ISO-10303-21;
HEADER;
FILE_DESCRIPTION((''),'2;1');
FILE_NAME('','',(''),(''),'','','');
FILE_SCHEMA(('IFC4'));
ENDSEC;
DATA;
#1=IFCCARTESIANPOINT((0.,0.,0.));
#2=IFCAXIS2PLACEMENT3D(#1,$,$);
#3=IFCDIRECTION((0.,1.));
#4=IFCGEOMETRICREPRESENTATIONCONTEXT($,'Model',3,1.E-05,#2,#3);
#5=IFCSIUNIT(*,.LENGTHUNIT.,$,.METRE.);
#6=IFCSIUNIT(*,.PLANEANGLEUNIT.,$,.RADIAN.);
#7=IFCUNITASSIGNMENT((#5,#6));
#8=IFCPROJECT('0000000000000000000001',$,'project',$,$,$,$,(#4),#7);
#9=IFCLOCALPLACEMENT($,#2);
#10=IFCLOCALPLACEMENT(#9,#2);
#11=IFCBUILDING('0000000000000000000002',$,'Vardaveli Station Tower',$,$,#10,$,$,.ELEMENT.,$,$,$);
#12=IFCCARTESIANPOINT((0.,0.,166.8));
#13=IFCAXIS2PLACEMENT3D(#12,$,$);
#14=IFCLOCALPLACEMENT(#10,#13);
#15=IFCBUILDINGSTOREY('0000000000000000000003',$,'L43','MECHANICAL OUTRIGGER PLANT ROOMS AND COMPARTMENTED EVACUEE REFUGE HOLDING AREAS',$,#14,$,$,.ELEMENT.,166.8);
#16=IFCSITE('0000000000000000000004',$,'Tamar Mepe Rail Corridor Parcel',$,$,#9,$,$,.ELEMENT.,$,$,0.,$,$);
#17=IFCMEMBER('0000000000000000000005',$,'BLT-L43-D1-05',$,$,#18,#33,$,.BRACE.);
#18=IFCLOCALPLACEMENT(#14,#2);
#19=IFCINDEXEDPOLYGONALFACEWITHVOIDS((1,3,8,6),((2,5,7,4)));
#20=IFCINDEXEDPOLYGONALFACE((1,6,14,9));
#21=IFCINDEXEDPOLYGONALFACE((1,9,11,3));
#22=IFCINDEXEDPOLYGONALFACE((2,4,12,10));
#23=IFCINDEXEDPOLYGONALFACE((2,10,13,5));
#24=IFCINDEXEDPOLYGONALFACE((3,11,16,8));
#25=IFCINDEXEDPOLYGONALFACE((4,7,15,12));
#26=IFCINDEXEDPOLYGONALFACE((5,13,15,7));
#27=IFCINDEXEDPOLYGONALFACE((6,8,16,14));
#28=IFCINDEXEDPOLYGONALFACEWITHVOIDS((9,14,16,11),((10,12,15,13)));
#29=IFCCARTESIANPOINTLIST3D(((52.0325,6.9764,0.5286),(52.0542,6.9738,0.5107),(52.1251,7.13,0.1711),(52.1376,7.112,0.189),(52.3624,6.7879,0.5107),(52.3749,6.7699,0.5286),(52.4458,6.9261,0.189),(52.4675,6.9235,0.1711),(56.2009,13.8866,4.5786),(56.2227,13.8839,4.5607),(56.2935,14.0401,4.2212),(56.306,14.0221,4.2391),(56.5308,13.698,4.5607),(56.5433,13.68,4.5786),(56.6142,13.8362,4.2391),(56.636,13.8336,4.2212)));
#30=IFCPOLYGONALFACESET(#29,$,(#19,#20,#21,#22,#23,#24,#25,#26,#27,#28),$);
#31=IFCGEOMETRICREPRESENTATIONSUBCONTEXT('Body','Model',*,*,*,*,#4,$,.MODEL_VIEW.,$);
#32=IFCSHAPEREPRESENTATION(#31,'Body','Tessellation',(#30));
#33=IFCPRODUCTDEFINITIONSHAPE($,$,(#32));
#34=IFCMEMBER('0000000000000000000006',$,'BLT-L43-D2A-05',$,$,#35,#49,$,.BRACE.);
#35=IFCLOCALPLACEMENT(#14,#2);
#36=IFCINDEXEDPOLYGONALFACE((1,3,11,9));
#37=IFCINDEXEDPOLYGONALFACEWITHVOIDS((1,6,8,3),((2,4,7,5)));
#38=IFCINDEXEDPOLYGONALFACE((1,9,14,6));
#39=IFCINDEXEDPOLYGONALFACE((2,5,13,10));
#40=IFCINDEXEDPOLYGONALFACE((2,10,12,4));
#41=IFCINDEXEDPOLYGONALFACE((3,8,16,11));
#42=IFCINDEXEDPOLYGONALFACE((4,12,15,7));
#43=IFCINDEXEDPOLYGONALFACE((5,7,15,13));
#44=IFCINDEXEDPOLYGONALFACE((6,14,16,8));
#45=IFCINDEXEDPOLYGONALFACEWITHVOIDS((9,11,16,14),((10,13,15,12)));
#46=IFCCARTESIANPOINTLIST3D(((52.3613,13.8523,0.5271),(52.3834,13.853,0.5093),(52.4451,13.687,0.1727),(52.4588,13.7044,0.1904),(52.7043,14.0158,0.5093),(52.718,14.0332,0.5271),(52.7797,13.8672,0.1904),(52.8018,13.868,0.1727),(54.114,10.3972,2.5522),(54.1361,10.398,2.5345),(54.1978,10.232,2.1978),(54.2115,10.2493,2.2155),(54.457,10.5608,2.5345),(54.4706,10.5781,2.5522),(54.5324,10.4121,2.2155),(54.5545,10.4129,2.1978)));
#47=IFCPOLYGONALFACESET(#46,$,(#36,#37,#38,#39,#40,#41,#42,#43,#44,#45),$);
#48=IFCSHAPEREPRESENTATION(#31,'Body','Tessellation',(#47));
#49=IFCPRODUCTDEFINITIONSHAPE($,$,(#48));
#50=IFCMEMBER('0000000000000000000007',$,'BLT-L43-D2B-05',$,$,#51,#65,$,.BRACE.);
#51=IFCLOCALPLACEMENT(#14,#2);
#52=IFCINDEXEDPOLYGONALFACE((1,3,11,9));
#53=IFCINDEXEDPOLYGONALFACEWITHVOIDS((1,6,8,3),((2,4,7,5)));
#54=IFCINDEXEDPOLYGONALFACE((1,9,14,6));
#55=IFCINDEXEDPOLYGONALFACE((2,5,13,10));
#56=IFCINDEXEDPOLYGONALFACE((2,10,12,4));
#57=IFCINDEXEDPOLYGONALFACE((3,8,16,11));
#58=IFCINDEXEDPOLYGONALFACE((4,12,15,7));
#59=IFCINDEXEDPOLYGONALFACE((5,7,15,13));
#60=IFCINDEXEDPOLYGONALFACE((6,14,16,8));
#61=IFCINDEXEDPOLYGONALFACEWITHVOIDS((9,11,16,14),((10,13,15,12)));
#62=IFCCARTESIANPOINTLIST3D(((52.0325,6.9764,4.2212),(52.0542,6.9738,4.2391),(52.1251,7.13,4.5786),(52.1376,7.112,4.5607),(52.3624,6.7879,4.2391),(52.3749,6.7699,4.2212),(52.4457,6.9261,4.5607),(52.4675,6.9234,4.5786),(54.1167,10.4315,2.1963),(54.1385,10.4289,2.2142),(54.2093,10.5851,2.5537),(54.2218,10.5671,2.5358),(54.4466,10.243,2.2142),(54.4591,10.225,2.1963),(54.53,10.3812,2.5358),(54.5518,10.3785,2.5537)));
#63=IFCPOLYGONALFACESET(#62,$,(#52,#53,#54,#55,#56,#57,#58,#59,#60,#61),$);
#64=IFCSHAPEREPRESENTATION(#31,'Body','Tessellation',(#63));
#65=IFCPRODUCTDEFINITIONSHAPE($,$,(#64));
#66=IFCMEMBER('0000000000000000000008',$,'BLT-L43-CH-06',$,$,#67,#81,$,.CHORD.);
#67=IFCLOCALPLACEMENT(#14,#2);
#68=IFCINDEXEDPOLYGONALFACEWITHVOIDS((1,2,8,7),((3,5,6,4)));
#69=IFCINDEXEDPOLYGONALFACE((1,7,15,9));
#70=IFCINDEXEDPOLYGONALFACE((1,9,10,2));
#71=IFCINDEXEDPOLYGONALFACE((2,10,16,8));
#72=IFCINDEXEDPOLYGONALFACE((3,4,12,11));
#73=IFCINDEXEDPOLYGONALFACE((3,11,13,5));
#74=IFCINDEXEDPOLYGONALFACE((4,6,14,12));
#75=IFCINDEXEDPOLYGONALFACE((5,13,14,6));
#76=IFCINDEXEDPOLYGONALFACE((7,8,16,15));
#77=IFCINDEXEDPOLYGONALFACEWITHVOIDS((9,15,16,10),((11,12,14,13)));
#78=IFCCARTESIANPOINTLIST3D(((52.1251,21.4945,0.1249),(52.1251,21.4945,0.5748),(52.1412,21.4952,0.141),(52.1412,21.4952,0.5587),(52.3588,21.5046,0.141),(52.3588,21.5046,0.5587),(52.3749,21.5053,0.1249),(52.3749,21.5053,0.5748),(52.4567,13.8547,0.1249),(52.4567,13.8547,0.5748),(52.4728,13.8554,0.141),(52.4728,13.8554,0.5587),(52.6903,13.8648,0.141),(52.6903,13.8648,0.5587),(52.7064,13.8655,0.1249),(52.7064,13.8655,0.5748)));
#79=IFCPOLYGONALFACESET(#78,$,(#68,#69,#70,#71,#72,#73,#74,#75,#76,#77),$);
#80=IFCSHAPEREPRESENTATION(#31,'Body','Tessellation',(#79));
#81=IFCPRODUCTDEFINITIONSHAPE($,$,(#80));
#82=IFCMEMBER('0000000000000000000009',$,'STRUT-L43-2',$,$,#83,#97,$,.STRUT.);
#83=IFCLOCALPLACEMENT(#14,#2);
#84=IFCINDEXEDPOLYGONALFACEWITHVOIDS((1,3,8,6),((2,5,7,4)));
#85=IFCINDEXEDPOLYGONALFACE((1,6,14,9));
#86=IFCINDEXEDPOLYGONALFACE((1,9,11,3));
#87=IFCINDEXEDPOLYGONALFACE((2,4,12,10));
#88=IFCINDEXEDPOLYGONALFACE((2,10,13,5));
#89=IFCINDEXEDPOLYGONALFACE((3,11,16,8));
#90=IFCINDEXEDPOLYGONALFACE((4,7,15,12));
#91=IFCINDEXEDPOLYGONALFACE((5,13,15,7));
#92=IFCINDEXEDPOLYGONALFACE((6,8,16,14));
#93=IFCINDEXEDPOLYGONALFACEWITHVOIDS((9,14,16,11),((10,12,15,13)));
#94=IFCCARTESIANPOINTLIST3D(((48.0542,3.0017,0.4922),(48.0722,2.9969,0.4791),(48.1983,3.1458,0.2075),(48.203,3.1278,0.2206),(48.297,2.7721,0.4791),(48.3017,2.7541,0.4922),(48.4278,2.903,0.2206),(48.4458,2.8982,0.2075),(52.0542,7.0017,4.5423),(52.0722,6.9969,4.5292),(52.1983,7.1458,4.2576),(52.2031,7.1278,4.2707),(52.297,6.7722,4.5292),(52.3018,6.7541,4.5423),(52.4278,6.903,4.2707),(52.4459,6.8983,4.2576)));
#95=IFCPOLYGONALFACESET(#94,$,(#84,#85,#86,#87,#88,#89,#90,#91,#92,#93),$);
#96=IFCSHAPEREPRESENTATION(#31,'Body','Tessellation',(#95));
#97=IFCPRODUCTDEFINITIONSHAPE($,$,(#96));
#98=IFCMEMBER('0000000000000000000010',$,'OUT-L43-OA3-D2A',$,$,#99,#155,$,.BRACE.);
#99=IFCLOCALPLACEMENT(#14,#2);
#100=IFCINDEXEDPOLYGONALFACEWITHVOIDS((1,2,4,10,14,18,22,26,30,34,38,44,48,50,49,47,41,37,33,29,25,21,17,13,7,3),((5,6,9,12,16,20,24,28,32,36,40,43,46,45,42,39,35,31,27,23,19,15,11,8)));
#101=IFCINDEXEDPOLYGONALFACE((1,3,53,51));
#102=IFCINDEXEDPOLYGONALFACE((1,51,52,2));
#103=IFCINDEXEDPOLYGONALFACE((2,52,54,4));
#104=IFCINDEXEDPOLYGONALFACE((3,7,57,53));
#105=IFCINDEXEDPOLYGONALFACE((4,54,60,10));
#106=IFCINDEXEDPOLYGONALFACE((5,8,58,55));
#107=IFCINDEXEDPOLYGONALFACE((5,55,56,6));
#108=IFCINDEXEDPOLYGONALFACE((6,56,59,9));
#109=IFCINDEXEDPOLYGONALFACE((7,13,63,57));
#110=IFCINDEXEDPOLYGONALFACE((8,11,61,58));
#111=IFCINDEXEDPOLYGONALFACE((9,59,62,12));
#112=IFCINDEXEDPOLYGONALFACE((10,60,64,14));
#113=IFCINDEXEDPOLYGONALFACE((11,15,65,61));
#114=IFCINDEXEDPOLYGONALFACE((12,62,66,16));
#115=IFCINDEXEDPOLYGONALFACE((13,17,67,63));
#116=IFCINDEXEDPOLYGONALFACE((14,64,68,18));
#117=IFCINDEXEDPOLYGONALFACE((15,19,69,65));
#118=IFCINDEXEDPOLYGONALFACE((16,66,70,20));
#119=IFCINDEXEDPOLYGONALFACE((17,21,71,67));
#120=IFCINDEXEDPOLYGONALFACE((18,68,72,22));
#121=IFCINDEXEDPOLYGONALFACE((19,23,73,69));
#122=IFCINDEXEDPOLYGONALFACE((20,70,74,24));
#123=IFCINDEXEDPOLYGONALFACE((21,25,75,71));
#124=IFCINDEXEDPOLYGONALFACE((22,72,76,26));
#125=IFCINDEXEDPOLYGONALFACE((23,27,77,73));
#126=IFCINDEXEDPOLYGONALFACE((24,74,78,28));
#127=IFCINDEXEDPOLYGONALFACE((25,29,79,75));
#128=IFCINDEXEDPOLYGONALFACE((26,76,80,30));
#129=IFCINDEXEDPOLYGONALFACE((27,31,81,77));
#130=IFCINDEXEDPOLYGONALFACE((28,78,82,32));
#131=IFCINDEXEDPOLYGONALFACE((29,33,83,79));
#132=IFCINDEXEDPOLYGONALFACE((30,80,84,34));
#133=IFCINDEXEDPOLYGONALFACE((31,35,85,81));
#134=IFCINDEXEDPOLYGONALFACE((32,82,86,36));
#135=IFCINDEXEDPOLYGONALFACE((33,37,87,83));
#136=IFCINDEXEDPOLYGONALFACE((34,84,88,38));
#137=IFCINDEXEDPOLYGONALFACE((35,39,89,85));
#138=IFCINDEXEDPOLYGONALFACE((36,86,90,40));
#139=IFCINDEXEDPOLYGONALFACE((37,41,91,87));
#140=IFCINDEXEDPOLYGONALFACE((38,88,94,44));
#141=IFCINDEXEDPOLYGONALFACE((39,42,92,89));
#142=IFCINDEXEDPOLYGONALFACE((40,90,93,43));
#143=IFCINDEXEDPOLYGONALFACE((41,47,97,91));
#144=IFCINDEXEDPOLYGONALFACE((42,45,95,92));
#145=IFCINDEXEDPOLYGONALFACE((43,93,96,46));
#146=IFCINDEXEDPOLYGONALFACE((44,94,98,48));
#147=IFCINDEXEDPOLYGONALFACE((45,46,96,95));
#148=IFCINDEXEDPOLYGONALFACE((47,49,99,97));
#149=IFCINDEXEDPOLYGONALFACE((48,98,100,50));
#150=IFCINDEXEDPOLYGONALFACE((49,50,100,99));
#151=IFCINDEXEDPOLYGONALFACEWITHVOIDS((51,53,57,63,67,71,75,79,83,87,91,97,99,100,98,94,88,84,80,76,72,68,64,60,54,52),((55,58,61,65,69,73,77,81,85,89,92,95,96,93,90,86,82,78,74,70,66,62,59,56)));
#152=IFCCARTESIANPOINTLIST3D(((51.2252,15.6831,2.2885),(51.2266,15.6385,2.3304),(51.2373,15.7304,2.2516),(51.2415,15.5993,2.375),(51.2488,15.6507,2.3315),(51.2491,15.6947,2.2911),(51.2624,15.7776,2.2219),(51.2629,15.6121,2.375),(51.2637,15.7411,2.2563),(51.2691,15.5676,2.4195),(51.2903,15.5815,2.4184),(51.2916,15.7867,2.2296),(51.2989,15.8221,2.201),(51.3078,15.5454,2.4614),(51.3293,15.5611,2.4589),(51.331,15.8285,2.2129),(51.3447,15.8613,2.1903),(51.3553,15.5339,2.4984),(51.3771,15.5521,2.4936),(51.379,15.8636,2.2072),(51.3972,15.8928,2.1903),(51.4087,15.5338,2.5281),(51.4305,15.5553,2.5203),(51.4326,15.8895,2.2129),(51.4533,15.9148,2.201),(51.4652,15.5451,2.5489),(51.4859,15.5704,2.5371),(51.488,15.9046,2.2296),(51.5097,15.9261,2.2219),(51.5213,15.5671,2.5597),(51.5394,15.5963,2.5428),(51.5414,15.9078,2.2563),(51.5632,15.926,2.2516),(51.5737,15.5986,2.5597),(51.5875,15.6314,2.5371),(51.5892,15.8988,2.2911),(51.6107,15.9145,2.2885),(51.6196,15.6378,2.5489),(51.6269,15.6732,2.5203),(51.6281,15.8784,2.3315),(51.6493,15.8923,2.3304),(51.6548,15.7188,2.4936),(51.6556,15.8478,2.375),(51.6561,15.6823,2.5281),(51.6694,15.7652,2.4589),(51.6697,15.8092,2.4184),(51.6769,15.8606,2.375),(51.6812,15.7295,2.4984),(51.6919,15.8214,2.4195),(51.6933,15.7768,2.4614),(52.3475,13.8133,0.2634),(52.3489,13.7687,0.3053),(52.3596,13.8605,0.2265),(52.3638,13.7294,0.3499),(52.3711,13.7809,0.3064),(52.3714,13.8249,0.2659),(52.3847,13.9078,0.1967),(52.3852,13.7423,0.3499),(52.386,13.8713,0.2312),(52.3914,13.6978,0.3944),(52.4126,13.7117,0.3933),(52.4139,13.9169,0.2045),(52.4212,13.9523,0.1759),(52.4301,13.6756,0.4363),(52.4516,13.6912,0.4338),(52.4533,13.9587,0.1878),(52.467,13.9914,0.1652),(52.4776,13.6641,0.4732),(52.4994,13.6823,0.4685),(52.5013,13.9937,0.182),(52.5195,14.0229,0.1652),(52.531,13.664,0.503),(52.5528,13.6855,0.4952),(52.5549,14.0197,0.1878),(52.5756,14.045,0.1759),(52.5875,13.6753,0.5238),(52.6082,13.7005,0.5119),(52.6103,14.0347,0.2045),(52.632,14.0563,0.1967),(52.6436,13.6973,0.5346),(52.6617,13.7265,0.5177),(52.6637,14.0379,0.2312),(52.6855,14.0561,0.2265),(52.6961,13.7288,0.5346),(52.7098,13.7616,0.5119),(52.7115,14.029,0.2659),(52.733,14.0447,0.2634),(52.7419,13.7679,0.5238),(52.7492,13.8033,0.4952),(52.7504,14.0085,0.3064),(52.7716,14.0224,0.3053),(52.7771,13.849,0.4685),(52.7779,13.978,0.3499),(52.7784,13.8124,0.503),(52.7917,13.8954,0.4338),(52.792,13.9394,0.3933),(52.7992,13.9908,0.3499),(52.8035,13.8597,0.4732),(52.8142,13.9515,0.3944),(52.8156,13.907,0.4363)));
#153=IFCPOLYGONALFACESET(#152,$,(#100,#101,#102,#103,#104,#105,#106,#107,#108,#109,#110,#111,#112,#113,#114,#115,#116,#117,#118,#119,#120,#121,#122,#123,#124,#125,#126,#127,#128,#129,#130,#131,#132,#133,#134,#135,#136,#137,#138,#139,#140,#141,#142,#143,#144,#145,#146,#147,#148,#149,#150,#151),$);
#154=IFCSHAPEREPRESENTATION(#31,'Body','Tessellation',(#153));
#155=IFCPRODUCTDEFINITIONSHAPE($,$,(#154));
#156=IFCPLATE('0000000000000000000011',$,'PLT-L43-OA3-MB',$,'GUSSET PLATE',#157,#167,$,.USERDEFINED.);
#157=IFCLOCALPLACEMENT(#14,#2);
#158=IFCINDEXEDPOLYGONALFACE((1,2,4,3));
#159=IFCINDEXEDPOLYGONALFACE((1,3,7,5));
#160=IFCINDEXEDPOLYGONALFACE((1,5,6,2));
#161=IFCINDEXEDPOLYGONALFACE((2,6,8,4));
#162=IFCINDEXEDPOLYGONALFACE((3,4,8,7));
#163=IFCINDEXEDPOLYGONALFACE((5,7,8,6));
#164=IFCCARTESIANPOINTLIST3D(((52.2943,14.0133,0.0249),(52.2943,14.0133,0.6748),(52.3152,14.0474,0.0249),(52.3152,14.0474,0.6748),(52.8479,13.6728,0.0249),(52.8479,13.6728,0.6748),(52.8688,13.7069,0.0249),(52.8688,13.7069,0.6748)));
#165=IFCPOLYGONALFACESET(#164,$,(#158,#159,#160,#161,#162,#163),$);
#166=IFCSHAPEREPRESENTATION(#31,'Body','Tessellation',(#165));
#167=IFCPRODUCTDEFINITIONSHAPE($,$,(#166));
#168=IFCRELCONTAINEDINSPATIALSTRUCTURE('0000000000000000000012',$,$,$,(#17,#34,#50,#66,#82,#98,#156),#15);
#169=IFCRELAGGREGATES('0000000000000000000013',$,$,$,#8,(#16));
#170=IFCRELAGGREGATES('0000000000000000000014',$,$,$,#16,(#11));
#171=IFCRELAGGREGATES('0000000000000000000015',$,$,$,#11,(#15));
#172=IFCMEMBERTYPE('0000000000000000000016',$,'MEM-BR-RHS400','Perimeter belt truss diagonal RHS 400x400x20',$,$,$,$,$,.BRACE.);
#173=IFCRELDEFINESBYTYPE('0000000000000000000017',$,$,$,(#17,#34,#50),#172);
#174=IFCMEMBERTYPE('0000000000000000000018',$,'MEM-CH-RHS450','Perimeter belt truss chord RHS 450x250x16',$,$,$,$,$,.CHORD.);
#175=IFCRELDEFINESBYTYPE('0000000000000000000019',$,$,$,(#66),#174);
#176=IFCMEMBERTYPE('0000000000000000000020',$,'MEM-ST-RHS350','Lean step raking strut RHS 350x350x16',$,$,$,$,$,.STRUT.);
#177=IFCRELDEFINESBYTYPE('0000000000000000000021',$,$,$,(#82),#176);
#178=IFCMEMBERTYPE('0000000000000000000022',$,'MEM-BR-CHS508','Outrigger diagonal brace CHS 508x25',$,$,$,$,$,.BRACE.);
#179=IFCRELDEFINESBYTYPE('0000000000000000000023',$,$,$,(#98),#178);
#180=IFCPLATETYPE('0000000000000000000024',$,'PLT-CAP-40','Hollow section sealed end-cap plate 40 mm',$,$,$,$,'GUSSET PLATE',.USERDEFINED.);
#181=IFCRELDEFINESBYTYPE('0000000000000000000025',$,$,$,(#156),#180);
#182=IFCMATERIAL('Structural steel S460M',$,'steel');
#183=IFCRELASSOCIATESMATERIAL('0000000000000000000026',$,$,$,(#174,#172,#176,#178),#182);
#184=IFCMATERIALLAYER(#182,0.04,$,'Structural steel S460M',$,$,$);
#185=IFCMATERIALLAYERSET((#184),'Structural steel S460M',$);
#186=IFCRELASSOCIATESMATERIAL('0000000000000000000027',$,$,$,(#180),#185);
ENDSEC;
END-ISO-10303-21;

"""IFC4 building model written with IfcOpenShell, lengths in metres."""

from ifc_helpers import new_model, si_unit, direction, frame, origin, origin_2d, place, context, subcontext, project, spatial, rectangle, hollow_rectangle, hollow_circle, extrude, source, transform, mapped, material, layer, layer_set, material_profile, profile_set, type_object, element, save


model = new_model("IFC4")

# Units and contexts
model_context = context("Model", 3, precision=1e-05, world=origin(), true_north=direction((0.0, 1.0)))
body_context = subcontext(model_context, "Body", "Model", "MODEL_VIEW")
ifc_project = project(units=[si_unit("LENGTHUNIT", "METRE"), si_unit("PLANEANGLEUNIT", "RADIAN")], contexts=[model_context])

# Site, building, storey
site_placement = place(None, origin())
site = spatial("IfcSite", under=ifc_project, at=site_placement, Name="Tamar Mepe Rail Corridor Parcel", CompositionType="ELEMENT", RefElevation=0.0)
building_placement = place(site_placement, origin())
building = spatial("IfcBuilding", under=site, at=building_placement, Name="Vardaveli Station Tower", CompositionType="ELEMENT")
storey_placement = place(building_placement, frame((0.0, 0.0, 166.8)))
storey = spatial("IfcBuildingStorey", under=building, at=storey_placement, Name="L43", Description="MECHANICAL OUTRIGGER PLANT ROOMS AND COMPARTMENTED EVACUEE REFUGE HOLDING AREAS", CompositionType="ELEMENT", Elevation=166.8)

# Shared definitions
ifc_material_1 = material(Name="Structural steel S460M", Category="steel")

# Members
ifc_material_profile_1 = material_profile(ifc_material_1, hollow_rectangle(XDim=0.25, YDim=0.45, WallThickness=0.0161, at=origin_2d()), Name="RHS 450x250x16")
ifc_profile_set_1 = profile_set([ifc_material_profile_1], Name="Structural steel S460M")
member_type_1 = type_object("IfcMemberType", Name="MEM-CH-RHS450", Description="Perimeter belt truss chord RHS 450x250x16", PredefinedType="CHORD", material=ifc_profile_set_1)
ifc_material_profile_2 = material_profile(ifc_material_1, hollow_rectangle(XDim=0.3999, YDim=0.3999, WallThickness=0.02, at=origin_2d()), Name="RHS 400x400x20")
ifc_profile_set_2 = profile_set([ifc_material_profile_2], Name="Structural steel S460M")
member_type_2 = type_object("IfcMemberType", Name="MEM-BR-RHS400", Description="Perimeter belt truss diagonal RHS 400x400x20", PredefinedType="BRACE", material=ifc_profile_set_2)
shared_shape_1 = source(origin(), body_context, "Body", "SweptSolid", [
    extrude(hollow_rectangle(XDim=0.3999, YDim=0.3999, WallThickness=0.02, at=origin_2d()), origin(), (0.0, 0.0, 1.0), 9.0293),
])
member_1_placement = place(storey_placement, frame((52.25, 6.95, 0.3499), z_axis=(0.461656, 0.765299, 0.448543), x_axis=(-0.856268, 0.516532, 0.0)))
element("IfcMember", 1, at=member_1_placement, inside=storey, type_object=member_type_2, Name="BLT-L43-D1-05", PredefinedType="BRACE", context=body_context, shape_type="MappedRepresentation", body=[
    mapped(shared_shape_1, transform((0.0, 0.0, 0.0), scale=1.0)),
])
shared_shape_2 = source(origin(), body_context, "Body", "SweptSolid", [
    extrude(hollow_rectangle(XDim=0.3999, YDim=0.3999, WallThickness=0.02, at=origin_2d()), origin(), (0.0, 0.0, 1.0), 4.3716),
])
member_2_placement = place(storey_placement, frame((52.5815, 13.8601, 0.3499), z_axis=(0.400927, -0.79035, 0.463253), x_axis=(0.891816, 0.452399, 0.0)))
element("IfcMember", 2, at=member_2_placement, inside=storey, type_object=member_type_2, Name="BLT-L43-D2A-05", PredefinedType="BRACE", context=body_context, shape_type="MappedRepresentation", body=[
    mapped(shared_shape_2, transform((0.0, 0.0, 0.0), scale=1.0)),
])
shared_shape_3 = source(origin(), body_context, "Body", "SweptSolid", [
    extrude(hollow_rectangle(XDim=0.3999, YDim=0.3999, WallThickness=0.02, at=origin_2d()), origin(), (0.0, 0.0, 1.0), 4.5146),
])
member_3_placement = place(storey_placement, frame((54.3342, 10.405, 2.375), z_axis=(-0.461662, -0.765309, 0.448521), x_axis=(0.856268, -0.516532, 0.0)))
element("IfcMember", 3, at=member_3_placement, inside=storey, type_object=member_type_2, Name="BLT-L43-D2B-05", PredefinedType="BRACE", context=body_context, shape_type="MappedRepresentation", body=[
    mapped(shared_shape_3, transform((0.0, 0.0, 0.0), scale=1.0)),
])
shared_shape_4 = source(origin(), body_context, "Body", "SweptSolid", [
    extrude(hollow_rectangle(XDim=0.25, YDim=0.45, WallThickness=0.0161, at=origin_2d()), origin(), (0.0, 0.0, 1.0), 7.647),
])
member_4_placement = place(storey_placement, frame((52.5815, 13.8601, 0.3499), z_axis=(-0.043355, 0.99906, 0.0), x_axis=(-0.99906, -0.043355, 0.0)))
element("IfcMember", 4, at=member_4_placement, inside=storey, type_object=member_type_1, Name="BLT-L43-CH-06", PredefinedType="CHORD", context=body_context, shape_type="MappedRepresentation", body=[
    mapped(shared_shape_4, transform((0.0, 0.0, 0.0), scale=1.0)),
])
ifc_material_profile_3 = material_profile(ifc_material_1, hollow_rectangle(XDim=0.3501, YDim=0.3501, WallThickness=0.0161, at=origin_2d()), Name="RHS 350x350x16")
ifc_profile_set_3 = profile_set([ifc_material_profile_3], Name="Structural steel S460M")
member_type_3 = type_object("IfcMemberType", Name="MEM-ST-RHS350", Description="Lean step raking strut RHS 350x350x16", PredefinedType="STRUT", material=ifc_profile_set_3)
shared_shape_5 = source(origin(), body_context, "Body", "SweptSolid", [
    extrude(hollow_rectangle(XDim=0.3501, YDim=0.3501, WallThickness=0.0161, at=origin_2d()), origin(), (0.0, 0.0, 1.0), 6.9573),
])
member_5_placement = place(storey_placement, frame((48.25, 2.95, 0.3499), z_axis=(0.574942, 0.574942, 0.582136), x_axis=(-0.707107, 0.707107, 0.0)))
element("IfcMember", 5, at=member_5_placement, inside=storey, type_object=member_type_3, Name="STRUT-L43-2", PredefinedType="STRUT", context=body_context, shape_type="MappedRepresentation", body=[
    mapped(shared_shape_5, transform((0.0, 0.0, 0.0), scale=1.0)),
])
ifc_material_profile_4 = material_profile(ifc_material_1, hollow_circle(Radius=0.2539, WallThickness=0.0249, at=origin_2d()), Name="CHS 508x25")
ifc_profile_set_4 = profile_set([ifc_material_profile_4], Name="Structural steel S460M")
member_type_4 = type_object("IfcMemberType", Name="MEM-BR-CHS508", Description="Outrigger diagonal brace CHS 508x25", PredefinedType="BRACE", material=ifc_profile_set_4)
shared_shape_6 = source(origin(), body_context, "Body", "SweptSolid", [
    extrude(hollow_circle(Radius=0.2539, WallThickness=0.0249, at=origin_2d()), origin(), (0.0, 0.0, 1.0), 2.9761),
])
member_6_placement = place(storey_placement, frame((52.5815, 13.8601, 0.3499), z_axis=(-0.377108, 0.628294, 0.680468), x_axis=(-0.857414, -0.514627, 0.0)))
element("IfcMember", 6, at=member_6_placement, inside=storey, type_object=member_type_4, Name="OUT-L43-OA3-D2A", PredefinedType="BRACE", context=body_context, shape_type="MappedRepresentation", body=[
    mapped(shared_shape_6, transform((0.0, 0.0, 0.0), scale=1.0)),
])

# Plate
ifc_layer_1 = layer(ifc_material_1, 0.04, Name="Structural steel S460M")
ifc_layer_set_1 = layer_set([ifc_layer_1], Name="Structural steel S460M")
plate_type_1 = type_object("IfcPlateType", Name="PLT-CAP-40", Description="Hollow section sealed end-cap plate 40 mm", ElementType="GUSSET PLATE", PredefinedType="USERDEFINED", material=ifc_layer_set_1)
shared_shape_7 = source(origin(), body_context, "Body", "SweptSolid", [
    extrude(rectangle(XDim=0.6499, YDim=0.04, at=origin_2d()), origin(), (0.0, 0.0, 1.0), 0.6499),
])
plate_1_placement = place(storey_placement, frame((52.5815, 13.8601, 0.0249), z_axis=(0.0, 0.0, 1.0), x_axis=(0.851818, -0.523837, 0.0)))
element("IfcPlate", 7, at=plate_1_placement, inside=storey, type_object=plate_type_1, Name="PLT-L43-OA3-MB", ObjectType="GUSSET PLATE", PredefinedType="USERDEFINED", context=body_context, shape_type="MappedRepresentation", body=[
    mapped(shared_shape_7, transform((0.0, 0.0, 0.0), scale=1.0)),
])

save(model, "model.ifc")
